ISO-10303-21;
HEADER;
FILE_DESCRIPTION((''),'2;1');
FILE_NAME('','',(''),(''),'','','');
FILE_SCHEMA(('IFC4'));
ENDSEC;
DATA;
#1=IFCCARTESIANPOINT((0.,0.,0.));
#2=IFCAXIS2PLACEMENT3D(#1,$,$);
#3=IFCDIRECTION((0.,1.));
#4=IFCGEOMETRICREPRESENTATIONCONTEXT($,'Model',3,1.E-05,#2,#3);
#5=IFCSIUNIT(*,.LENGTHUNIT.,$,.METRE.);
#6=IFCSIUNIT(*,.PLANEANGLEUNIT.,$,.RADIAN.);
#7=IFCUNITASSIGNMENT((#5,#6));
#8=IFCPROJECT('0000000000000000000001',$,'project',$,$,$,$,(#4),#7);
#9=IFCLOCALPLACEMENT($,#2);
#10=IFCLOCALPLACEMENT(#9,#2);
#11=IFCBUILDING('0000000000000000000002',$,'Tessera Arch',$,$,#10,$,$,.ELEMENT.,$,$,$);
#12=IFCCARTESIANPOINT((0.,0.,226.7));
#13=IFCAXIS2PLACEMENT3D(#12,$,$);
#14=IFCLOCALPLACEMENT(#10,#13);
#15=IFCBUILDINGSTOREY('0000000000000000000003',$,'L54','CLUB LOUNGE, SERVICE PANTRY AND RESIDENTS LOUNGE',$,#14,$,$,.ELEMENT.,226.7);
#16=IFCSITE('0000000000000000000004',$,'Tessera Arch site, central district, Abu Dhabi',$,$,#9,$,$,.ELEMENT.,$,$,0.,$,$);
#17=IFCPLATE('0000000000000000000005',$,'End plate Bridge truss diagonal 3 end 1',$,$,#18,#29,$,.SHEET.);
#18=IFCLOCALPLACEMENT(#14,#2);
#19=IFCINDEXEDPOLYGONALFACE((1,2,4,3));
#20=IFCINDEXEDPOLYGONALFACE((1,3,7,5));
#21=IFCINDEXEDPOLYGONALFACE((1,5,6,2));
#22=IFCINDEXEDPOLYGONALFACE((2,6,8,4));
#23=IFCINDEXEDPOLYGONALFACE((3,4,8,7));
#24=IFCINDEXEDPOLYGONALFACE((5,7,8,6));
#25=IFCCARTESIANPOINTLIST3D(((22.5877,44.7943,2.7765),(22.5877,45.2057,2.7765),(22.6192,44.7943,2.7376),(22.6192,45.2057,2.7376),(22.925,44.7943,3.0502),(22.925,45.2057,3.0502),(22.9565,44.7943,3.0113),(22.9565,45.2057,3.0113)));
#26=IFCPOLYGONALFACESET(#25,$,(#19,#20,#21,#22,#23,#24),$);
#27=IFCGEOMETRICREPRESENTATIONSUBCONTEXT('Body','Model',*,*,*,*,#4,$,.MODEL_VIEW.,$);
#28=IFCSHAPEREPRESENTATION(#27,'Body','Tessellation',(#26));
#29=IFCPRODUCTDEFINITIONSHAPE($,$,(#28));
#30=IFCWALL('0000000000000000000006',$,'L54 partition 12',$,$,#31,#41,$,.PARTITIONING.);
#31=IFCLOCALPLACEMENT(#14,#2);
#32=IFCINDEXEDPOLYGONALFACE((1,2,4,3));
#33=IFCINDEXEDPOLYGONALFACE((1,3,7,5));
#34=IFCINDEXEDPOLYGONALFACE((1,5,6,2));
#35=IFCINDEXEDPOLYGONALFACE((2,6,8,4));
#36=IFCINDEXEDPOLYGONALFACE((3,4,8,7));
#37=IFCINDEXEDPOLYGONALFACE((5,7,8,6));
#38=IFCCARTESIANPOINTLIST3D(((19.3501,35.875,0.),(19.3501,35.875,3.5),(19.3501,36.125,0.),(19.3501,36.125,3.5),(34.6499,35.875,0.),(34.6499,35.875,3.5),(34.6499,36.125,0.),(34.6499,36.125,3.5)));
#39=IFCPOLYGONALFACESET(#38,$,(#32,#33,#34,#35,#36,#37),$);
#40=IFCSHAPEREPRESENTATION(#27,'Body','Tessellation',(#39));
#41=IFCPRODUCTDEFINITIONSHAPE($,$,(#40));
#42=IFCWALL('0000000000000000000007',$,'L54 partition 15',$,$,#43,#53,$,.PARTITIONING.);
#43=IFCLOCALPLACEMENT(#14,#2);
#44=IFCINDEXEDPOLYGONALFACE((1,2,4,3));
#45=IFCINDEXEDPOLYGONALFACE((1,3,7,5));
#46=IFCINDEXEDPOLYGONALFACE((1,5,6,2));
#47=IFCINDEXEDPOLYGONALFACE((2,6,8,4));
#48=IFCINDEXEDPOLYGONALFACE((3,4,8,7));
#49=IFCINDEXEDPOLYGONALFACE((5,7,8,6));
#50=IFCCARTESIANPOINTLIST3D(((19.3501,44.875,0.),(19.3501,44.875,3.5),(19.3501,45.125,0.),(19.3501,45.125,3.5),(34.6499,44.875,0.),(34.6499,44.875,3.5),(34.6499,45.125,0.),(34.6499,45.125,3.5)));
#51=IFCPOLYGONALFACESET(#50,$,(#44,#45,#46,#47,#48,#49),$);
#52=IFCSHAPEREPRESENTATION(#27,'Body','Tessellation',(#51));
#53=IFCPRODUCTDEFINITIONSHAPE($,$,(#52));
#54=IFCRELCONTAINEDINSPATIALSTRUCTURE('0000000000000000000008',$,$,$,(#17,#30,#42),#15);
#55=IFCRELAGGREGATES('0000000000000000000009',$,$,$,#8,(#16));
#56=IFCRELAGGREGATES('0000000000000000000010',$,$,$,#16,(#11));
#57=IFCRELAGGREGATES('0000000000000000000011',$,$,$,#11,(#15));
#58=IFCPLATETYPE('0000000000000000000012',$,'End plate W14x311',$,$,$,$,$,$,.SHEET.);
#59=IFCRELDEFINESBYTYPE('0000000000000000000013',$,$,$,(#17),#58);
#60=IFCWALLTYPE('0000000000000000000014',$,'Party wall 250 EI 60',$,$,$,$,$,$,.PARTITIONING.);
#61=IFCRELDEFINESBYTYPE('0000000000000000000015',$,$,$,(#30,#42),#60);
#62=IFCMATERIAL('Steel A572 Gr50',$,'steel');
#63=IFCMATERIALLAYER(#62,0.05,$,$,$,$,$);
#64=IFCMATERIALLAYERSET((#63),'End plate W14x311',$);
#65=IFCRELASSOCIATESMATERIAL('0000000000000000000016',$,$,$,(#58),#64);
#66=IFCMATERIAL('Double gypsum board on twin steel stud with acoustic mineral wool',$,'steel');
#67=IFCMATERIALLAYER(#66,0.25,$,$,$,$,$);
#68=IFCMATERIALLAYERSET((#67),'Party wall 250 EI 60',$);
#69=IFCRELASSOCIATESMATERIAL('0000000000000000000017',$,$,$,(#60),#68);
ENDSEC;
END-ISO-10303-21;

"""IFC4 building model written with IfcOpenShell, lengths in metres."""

from ifc_helpers import new_model, si_unit, direction, frame, frame_2d, origin, origin_2d, place, context, subcontext, project, spatial, rectangle, extrude, material, layer, layer_set, type_object, element, save


model = new_model("IFC4")

# Units and contexts
model_context = context("Model", 3, precision=1e-05, world=origin(), true_north=direction((0.0, 1.0)))
body_context = subcontext(model_context, "Body", "Model", "MODEL_VIEW")
ifc_project = project(units=[si_unit("LENGTHUNIT", "METRE"), si_unit("PLANEANGLEUNIT", "RADIAN")], contexts=[model_context])

# Site, building, storey
site_placement = place(None, origin())
site = spatial("IfcSite", under=ifc_project, at=site_placement, Name="Tessera Arch site, central district, Abu Dhabi", CompositionType="ELEMENT", RefElevation=0.0)
building_placement = place(site_placement, origin())
building = spatial("IfcBuilding", under=site, at=building_placement, Name="Tessera Arch", CompositionType="ELEMENT")
storey_placement = place(building_placement, frame((0.0, 0.0, 226.7)))
storey = spatial("IfcBuildingStorey", under=building, at=storey_placement, Name="L54", Description="CLUB LOUNGE, SERVICE PANTRY AND RESIDENTS LOUNGE", CompositionType="ELEMENT", Elevation=226.7)

# Plate
ifc_material_1 = material(Name="Steel A572 Gr50", Category="steel")
ifc_layer_1 = layer(ifc_material_1, 0.05)
ifc_layer_set_1 = layer_set([ifc_layer_1], Name="End plate W14x311")
plate_type = type_object("IfcPlateType", Name="End plate W14x311", PredefinedType="SHEET", material=ifc_layer_set_1)
for number, where, z_axis, x_axis, name in (
    (1, (22.7563, 45.0, 2.9133), (0.630041, 0.0, -0.776562), (0.0, 1.0, 0.0), "End plate Bridge truss diagonal 3 end 1"),
):
    element("IfcPlate", number, at=place(storey_placement, frame(where, z_axis=z_axis, x_axis=x_axis)), inside=storey, type_object=plate_type, Name=name, PredefinedType="SHEET", context=body_context, shape_type="SweptSolid", body=[
        extrude(rectangle(XDim=0.4114, YDim=0.4343, at=origin_2d()), origin(), (0.0, 0.0, 1.0), 0.05),
    ])

# Walls
ifc_material_2 = material(Name="Double gypsum board on twin steel stud with acoustic mineral wool", Category="steel")
ifc_layer_2 = layer(ifc_material_2, 0.25)
ifc_layer_set_2 = layer_set([ifc_layer_2], Name="Party wall 250 EI 60")
wall_type = type_object("IfcWallType", Name="Party wall 250 EI 60", PredefinedType="PARTITIONING", material=ifc_layer_set_2)
for number, where, z_axis, x_axis, name in (
    (2, (19.3501, 36.0, 0.0), (0.0, 0.0, 1.0), (1.0, 0.0, 0.0), "L54 partition 12"),
    (3, (19.3501, 45.0, 0.0), (0.0, 0.0, 1.0), (1.0, 0.0, 0.0), "L54 partition 15"),
):
    element("IfcWall", number, at=place(storey_placement, frame(where, z_axis=z_axis, x_axis=x_axis)), inside=storey, type_object=wall_type, Name=name, PredefinedType="PARTITIONING", context=body_context, shape_type="SweptSolid", body=[
        extrude(rectangle(XDim=15.2998, YDim=0.25, at=frame_2d((7.6499, 0.0))), origin(), (0.0, 0.0, 1.0), 3.5),
    ])

save(model, "model.ifc")
